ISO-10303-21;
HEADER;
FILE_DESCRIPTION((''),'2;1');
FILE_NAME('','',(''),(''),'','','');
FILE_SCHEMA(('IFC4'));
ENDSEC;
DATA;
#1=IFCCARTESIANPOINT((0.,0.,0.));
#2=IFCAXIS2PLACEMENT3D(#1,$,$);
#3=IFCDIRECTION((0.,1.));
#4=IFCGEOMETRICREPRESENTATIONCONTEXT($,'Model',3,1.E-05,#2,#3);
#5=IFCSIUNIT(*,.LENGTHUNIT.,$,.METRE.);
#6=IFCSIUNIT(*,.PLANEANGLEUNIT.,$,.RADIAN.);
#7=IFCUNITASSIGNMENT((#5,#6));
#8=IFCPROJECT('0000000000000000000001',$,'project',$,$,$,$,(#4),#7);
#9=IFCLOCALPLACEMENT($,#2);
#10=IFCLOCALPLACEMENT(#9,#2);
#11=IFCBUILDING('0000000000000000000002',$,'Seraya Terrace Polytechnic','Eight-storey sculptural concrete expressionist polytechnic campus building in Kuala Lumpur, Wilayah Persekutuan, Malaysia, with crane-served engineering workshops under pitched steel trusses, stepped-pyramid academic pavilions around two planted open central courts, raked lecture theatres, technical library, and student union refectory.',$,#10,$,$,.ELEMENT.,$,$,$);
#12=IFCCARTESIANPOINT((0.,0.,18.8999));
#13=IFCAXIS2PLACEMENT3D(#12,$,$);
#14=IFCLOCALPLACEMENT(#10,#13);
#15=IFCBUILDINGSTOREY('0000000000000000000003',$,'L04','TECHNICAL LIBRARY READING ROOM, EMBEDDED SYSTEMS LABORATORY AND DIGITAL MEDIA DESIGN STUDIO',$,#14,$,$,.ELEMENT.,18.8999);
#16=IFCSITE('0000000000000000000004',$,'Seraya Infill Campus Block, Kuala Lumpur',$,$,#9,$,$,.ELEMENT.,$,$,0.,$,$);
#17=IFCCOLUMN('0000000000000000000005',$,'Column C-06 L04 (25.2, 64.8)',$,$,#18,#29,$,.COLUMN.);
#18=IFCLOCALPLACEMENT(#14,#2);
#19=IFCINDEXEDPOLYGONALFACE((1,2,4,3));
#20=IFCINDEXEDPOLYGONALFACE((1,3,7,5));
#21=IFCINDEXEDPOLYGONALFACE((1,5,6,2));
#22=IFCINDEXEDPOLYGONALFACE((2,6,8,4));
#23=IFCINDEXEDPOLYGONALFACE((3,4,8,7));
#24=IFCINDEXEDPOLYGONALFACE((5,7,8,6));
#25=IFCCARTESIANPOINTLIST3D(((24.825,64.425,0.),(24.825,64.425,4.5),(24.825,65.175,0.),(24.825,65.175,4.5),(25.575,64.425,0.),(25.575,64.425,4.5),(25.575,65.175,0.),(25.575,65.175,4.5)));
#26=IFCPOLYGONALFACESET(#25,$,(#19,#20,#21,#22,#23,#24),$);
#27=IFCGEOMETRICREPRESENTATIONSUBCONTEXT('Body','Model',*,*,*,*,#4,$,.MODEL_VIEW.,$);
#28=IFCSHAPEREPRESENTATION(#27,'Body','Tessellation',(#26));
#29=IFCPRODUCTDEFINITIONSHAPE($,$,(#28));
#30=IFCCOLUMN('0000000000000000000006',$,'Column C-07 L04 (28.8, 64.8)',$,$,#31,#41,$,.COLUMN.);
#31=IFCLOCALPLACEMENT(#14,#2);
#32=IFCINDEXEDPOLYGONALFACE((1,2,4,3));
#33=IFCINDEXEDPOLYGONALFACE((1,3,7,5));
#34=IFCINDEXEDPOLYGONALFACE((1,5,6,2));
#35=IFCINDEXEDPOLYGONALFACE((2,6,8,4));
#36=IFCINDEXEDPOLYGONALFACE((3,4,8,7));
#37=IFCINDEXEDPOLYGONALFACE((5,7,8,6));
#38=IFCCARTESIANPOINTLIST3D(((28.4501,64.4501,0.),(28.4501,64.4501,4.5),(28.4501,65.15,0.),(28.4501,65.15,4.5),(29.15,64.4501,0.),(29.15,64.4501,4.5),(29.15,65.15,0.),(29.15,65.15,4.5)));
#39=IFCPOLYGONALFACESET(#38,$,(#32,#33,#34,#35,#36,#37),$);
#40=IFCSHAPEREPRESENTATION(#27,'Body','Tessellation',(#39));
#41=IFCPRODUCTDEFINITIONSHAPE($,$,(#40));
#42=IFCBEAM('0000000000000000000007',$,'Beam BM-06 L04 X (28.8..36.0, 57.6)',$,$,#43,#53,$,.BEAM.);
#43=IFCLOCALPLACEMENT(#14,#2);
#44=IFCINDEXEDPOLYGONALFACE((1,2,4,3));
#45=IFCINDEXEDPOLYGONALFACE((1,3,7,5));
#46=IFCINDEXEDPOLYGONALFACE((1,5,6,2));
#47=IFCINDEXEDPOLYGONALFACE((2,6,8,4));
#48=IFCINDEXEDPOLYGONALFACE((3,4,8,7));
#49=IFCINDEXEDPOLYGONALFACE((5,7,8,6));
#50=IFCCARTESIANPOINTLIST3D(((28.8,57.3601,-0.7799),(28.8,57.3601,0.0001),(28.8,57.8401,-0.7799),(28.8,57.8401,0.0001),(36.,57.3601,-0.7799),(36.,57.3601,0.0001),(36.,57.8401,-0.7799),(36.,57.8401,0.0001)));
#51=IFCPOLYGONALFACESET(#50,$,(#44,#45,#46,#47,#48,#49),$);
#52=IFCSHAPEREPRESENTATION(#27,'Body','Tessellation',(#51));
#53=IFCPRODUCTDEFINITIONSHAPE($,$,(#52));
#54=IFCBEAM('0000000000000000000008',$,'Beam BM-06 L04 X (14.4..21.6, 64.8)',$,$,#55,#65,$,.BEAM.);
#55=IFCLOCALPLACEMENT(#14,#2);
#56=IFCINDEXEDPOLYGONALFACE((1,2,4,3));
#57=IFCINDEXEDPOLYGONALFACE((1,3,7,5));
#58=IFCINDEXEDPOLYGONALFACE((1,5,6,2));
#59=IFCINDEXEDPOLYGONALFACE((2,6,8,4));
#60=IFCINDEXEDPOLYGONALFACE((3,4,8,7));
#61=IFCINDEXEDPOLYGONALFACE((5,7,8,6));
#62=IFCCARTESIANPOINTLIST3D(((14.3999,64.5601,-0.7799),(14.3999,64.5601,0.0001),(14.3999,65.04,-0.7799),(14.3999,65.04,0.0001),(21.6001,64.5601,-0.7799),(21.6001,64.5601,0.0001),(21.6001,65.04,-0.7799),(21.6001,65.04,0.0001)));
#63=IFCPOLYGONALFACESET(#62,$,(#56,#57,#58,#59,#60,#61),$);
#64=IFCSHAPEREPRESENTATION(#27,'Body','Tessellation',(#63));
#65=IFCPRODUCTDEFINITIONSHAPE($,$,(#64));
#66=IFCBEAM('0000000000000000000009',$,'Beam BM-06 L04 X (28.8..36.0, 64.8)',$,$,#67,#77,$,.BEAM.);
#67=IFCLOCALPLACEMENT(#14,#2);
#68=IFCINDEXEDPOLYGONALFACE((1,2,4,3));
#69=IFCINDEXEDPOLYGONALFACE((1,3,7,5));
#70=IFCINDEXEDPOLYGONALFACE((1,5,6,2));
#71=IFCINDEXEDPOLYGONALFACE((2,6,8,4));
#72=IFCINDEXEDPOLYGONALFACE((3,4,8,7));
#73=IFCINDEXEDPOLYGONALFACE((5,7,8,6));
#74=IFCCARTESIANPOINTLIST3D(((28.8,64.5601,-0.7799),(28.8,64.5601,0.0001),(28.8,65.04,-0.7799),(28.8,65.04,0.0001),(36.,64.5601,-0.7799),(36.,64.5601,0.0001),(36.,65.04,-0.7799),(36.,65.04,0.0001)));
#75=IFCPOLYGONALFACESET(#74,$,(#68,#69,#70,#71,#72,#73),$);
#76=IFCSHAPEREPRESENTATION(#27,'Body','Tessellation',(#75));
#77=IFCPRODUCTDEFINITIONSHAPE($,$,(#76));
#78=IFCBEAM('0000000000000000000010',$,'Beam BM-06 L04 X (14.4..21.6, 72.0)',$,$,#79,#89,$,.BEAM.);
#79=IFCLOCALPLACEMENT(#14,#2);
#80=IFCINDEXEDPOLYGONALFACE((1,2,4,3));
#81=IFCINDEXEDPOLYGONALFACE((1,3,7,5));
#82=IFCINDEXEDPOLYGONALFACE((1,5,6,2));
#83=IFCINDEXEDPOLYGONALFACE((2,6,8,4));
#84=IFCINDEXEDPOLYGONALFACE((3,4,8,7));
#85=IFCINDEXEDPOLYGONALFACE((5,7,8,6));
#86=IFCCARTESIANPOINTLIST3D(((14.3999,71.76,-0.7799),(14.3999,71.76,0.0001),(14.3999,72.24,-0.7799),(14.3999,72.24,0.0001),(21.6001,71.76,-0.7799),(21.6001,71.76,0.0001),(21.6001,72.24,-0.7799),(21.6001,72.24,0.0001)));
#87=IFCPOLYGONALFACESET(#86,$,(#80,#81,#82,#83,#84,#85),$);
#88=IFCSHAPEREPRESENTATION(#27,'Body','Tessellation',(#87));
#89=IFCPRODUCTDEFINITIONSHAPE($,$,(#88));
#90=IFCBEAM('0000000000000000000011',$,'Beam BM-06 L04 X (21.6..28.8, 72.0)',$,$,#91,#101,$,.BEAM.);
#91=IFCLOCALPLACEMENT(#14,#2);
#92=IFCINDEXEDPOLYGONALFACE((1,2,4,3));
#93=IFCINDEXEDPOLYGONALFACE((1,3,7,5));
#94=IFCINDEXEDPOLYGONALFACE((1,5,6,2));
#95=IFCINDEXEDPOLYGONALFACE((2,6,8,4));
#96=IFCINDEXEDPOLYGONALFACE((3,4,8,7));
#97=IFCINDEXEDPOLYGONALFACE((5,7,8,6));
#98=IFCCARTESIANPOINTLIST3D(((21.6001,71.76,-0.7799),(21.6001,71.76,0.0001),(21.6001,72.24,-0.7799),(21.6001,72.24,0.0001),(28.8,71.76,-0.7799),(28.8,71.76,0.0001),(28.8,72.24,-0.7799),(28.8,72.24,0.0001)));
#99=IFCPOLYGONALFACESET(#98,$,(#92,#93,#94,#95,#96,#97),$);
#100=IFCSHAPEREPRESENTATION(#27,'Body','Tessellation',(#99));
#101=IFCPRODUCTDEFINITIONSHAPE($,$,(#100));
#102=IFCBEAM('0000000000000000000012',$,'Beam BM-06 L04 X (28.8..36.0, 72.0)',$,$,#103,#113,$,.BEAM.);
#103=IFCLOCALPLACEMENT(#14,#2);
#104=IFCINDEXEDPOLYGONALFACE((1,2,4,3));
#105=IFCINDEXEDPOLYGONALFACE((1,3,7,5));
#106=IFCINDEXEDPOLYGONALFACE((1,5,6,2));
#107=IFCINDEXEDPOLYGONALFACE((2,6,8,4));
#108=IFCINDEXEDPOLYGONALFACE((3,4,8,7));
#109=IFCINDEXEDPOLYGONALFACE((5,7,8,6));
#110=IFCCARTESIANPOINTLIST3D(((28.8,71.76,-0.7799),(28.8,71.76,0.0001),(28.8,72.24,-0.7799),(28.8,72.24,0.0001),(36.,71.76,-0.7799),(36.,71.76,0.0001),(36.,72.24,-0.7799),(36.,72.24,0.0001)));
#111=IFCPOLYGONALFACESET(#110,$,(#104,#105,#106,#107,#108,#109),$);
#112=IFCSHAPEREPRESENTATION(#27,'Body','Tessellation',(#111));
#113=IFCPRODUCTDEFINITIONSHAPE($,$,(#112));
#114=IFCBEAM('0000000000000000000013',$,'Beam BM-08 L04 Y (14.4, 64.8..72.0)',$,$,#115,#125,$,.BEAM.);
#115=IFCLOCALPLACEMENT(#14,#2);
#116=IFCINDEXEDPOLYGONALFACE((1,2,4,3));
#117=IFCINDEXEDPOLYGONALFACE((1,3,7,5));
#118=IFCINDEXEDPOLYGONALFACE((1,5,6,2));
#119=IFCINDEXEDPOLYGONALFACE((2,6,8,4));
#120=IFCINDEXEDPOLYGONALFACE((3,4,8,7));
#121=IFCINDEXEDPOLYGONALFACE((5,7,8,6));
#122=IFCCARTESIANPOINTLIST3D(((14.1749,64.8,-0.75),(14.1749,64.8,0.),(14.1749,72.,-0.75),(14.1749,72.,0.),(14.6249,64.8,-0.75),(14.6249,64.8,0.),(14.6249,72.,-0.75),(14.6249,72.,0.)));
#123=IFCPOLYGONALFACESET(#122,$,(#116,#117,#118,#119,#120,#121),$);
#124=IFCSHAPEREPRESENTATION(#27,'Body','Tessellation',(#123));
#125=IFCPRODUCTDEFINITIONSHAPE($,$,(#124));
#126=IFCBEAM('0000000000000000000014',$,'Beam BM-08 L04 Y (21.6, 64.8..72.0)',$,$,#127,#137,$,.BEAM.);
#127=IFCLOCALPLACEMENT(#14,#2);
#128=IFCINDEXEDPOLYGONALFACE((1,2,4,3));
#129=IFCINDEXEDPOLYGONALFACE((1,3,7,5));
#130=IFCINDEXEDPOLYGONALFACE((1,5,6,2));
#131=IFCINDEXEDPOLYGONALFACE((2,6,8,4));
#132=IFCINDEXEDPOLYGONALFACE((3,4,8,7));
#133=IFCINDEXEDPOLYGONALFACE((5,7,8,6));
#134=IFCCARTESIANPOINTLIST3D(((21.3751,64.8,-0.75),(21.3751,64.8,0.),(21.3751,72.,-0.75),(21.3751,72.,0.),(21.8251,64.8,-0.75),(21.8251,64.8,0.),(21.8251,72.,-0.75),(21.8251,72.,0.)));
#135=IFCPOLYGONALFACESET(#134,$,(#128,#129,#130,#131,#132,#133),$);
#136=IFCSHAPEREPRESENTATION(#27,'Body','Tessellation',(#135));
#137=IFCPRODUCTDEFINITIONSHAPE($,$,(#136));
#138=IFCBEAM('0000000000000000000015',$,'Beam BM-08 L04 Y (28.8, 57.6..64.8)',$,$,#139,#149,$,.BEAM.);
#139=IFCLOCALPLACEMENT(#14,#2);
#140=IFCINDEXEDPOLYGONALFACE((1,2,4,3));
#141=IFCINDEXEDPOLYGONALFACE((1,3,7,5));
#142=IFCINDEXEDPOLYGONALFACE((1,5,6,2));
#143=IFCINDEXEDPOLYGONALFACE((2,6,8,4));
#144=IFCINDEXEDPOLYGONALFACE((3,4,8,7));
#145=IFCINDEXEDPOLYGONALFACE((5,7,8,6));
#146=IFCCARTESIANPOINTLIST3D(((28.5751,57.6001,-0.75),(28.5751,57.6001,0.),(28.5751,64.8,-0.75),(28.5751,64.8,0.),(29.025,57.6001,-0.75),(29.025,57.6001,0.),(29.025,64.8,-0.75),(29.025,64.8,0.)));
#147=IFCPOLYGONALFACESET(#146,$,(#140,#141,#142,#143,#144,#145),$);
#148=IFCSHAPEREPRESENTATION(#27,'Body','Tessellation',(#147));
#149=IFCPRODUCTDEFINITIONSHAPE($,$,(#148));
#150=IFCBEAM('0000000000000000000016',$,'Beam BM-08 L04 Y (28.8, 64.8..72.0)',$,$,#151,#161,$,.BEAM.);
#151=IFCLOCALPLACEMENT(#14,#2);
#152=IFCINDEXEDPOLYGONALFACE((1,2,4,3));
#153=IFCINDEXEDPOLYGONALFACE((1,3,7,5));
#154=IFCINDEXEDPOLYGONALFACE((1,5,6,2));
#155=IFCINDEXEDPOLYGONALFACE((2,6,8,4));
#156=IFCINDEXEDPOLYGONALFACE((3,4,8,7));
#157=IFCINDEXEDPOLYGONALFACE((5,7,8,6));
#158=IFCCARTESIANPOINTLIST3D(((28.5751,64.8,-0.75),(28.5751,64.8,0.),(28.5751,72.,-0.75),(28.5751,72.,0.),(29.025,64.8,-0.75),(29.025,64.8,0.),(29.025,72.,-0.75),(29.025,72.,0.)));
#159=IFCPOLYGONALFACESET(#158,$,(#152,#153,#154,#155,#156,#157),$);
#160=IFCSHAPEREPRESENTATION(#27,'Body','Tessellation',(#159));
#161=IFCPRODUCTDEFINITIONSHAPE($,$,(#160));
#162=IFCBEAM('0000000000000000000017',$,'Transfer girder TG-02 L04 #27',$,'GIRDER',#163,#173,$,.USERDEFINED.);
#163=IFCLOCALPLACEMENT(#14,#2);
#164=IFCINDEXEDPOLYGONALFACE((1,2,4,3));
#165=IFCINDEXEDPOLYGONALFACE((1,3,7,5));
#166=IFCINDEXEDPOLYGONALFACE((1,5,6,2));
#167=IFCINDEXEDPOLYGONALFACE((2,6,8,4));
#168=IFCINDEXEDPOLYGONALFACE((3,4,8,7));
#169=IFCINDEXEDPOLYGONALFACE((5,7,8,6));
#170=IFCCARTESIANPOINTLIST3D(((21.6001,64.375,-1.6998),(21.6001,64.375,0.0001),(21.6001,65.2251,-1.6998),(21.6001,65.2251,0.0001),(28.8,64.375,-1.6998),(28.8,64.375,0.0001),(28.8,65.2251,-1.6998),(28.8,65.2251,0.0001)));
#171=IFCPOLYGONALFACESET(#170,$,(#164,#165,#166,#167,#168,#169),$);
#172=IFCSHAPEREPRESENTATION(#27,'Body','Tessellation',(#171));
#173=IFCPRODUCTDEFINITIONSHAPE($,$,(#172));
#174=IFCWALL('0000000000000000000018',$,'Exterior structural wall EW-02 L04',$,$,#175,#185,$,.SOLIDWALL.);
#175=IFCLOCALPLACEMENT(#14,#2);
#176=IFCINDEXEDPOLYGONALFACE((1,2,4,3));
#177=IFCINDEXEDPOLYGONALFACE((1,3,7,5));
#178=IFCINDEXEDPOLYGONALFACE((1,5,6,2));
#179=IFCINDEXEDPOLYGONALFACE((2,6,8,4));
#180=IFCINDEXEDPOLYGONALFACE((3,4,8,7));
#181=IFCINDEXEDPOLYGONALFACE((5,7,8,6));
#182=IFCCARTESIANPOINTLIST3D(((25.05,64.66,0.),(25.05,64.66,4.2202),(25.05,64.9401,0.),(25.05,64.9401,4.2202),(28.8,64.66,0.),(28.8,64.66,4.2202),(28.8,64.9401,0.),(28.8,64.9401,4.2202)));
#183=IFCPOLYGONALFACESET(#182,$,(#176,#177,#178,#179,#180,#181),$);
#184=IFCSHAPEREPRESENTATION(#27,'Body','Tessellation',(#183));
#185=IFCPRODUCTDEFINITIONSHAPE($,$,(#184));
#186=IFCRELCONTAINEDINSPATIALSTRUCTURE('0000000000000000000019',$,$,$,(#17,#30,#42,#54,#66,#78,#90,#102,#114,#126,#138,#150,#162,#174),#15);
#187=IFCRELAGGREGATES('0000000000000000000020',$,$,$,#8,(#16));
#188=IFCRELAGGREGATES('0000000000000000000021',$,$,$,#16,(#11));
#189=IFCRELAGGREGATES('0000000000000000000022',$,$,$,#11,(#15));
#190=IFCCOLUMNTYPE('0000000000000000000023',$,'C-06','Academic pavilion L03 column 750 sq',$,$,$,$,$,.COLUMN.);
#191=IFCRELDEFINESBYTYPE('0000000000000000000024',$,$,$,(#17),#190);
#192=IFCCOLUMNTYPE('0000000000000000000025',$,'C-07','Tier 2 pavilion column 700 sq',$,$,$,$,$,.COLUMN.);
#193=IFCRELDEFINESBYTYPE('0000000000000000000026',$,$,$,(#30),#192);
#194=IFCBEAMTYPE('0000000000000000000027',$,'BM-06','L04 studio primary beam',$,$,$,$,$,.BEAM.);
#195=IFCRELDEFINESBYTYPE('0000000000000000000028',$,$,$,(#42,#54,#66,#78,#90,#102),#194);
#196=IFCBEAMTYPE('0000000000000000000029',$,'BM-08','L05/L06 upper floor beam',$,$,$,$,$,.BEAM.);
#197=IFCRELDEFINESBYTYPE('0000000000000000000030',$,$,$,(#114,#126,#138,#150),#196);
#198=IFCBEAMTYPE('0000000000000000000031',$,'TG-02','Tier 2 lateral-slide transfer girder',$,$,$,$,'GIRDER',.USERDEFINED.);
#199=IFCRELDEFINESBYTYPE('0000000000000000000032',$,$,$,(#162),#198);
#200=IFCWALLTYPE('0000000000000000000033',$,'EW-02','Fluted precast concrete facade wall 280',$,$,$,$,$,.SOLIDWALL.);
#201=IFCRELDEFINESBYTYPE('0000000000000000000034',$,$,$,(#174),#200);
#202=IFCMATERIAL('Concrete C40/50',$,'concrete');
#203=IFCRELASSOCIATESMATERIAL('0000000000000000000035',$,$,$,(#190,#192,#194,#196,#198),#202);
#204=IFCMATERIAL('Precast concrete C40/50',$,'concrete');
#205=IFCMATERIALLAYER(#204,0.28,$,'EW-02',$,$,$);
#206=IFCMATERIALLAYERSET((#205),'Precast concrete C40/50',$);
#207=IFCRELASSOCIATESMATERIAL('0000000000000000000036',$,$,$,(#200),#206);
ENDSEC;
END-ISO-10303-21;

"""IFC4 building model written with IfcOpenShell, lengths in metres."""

from ifc_helpers import new_model, si_unit, direction, frame, frame_2d, origin, origin_2d, place, context, subcontext, project, spatial, rectangle, extrude, material, layer, layer_set, material_profile, profile_set, type_object, element, save


model = new_model("IFC4")

# Units and contexts
model_context = context("Model", 3, precision=1e-05, world=origin(), true_north=direction((0.0, 1.0)))
body_context = subcontext(model_context, "Body", "Model", "MODEL_VIEW")
ifc_project = project(units=[si_unit("LENGTHUNIT", "METRE"), si_unit("PLANEANGLEUNIT", "RADIAN")], contexts=[model_context])

# Site, building, storey
site_placement = place(None, origin())
site = spatial("IfcSite", under=ifc_project, at=site_placement, Name="Seraya Infill Campus Block, Kuala Lumpur", CompositionType="ELEMENT", RefElevation=0.0)
building_placement = place(site_placement, origin())
building = spatial("IfcBuilding", under=site, at=building_placement, Name="Seraya Terrace Polytechnic", Description="Eight-storey sculptural concrete expressionist polytechnic campus building in Kuala Lumpur, Wilayah Persekutuan, Malaysia, with crane-served engineering workshops under pitched steel trusses, stepped-pyramid academic pavilions around two planted open central courts, raked lecture theatres, technical library, and student union refectory.", CompositionType="ELEMENT")
storey_placement = place(building_placement, frame((0.0, 0.0, 18.8999)))
storey = spatial("IfcBuildingStorey", under=building, at=storey_placement, Name="L04", Description="TECHNICAL LIBRARY READING ROOM, EMBEDDED SYSTEMS LABORATORY AND DIGITAL MEDIA DESIGN STUDIO", CompositionType="ELEMENT", Elevation=18.8999)

# Columns
ifc_material_1 = material(Name="Concrete C40/50", Category="concrete")
ifc_material_profile_1 = material_profile(ifc_material_1, rectangle(XDim=0.75, YDim=0.75, at=origin_2d()), Name="RC 750x750")
ifc_profile_set_1 = profile_set([ifc_material_profile_1], Name="Concrete C40/50")
column_type_1 = type_object("IfcColumnType", Name="C-06", Description="Academic pavilion L03 column 750 sq", PredefinedType="COLUMN", material=ifc_profile_set_1)
column_1_placement = place(storey_placement, frame((25.2, 64.8, 0.0), z_axis=(0.0, 0.0, 1.0), x_axis=(1.0, 0.0, 0.0)))
element("IfcColumn", 1, at=column_1_placement, inside=storey, type_object=column_type_1, Name="Column C-06 L04 (25.2, 64.8)", PredefinedType="COLUMN", context=body_context, shape_type="SweptSolid", body=[
    extrude(rectangle(XDim=0.75, YDim=0.75, at=origin_2d()), origin(), (0.0, 0.0, 1.0), 4.5),
])
ifc_material_profile_2 = material_profile(ifc_material_1, rectangle(XDim=0.7, YDim=0.7, at=origin_2d()), Name="RC 700x700")
ifc_profile_set_2 = profile_set([ifc_material_profile_2], Name="Concrete C40/50")
column_type_2 = type_object("IfcColumnType", Name="C-07", Description="Tier 2 pavilion column 700 sq", PredefinedType="COLUMN", material=ifc_profile_set_2)
column_2_placement = place(storey_placement, frame((28.8, 64.8, 0.0), z_axis=(0.0, 0.0, 1.0), x_axis=(1.0, 0.0, 0.0)))
element("IfcColumn", 2, at=column_2_placement, inside=storey, type_object=column_type_2, Name="Column C-07 L04 (28.8, 64.8)", PredefinedType="COLUMN", context=body_context, shape_type="SweptSolid", body=[
    extrude(rectangle(XDim=0.7, YDim=0.7, at=origin_2d()), origin(), (0.0, 0.0, 1.0), 4.5),
])

# Beams
ifc_material_profile_3 = material_profile(ifc_material_1, rectangle(XDim=0.48, YDim=0.78, at=origin_2d()), Name="RC 480x780")
ifc_profile_set_3 = profile_set([ifc_material_profile_3], Name="Concrete C40/50")
beam_type_1 = type_object("IfcBeamType", Name="BM-06", Description="L04 studio primary beam", PredefinedType="BEAM", material=ifc_profile_set_3)
beam_1_placement = place(storey_placement, frame((28.8, 57.6001, -0.3899), z_axis=(1.0, 0.0, 0.0), x_axis=(0.0, 1.0, 0.0)))
element("IfcBeam", 3, at=beam_1_placement, inside=storey, type_object=beam_type_1, Name="Beam BM-06 L04 X (28.8..36.0, 57.6)", PredefinedType="BEAM", context=body_context, shape_type="SweptSolid", body=[
    extrude(rectangle(XDim=0.48, YDim=0.78, at=origin_2d()), origin(), (0.0, 0.0, 1.0), 7.2),
])
beam_2_placement = place(storey_placement, frame((14.3999, 64.8, -0.3899), z_axis=(1.0, 0.0, 0.0), x_axis=(0.0, 1.0, 0.0)))
element("IfcBeam", 4, at=beam_2_placement, inside=storey, type_object=beam_type_1, Name="Beam BM-06 L04 X (14.4..21.6, 64.8)", PredefinedType="BEAM", context=body_context, shape_type="SweptSolid", body=[
    extrude(rectangle(XDim=0.48, YDim=0.78, at=origin_2d()), origin(), (0.0, 0.0, 1.0), 7.2002),
])
beam_3_placement = place(storey_placement, frame((28.8, 64.8, -0.3899), z_axis=(1.0, 0.0, 0.0), x_axis=(0.0, 1.0, 0.0)))
element("IfcBeam", 5, at=beam_3_placement, inside=storey, type_object=beam_type_1, Name="Beam BM-06 L04 X (28.8..36.0, 64.8)", PredefinedType="BEAM", context=body_context, shape_type="SweptSolid", body=[
    extrude(rectangle(XDim=0.48, YDim=0.78, at=origin_2d()), origin(), (0.0, 0.0, 1.0), 7.2),
])
beam_4_placement = place(storey_placement, frame((14.3999, 72.0, -0.3899), z_axis=(1.0, 0.0, 0.0), x_axis=(0.0, 1.0, 0.0)))
element("IfcBeam", 6, at=beam_4_placement, inside=storey, type_object=beam_type_1, Name="Beam BM-06 L04 X (14.4..21.6, 72.0)", PredefinedType="BEAM", context=body_context, shape_type="SweptSolid", body=[
    extrude(rectangle(XDim=0.48, YDim=0.78, at=origin_2d()), origin(), (0.0, 0.0, 1.0), 7.2002),
])
for number, where, z_axis, x_axis, name in (
    (7, (21.6001, 72.0, -0.3899), (1.0, 0.0, 0.0), (0.0, 1.0, 0.0), "Beam BM-06 L04 X (21.6..28.8, 72.0)"),
    (8, (28.8, 72.0, -0.3899), (1.0, 0.0, 0.0), (0.0, 1.0, 0.0), "Beam BM-06 L04 X (28.8..36.0, 72.0)"),
):
    element("IfcBeam", number, at=place(storey_placement, frame(where, z_axis=z_axis, x_axis=x_axis)), inside=storey, type_object=beam_type_1, Name=name, PredefinedType="BEAM", context=body_context, shape_type="SweptSolid", body=[
        extrude(rectangle(XDim=0.48, YDim=0.78, at=origin_2d()), origin(), (0.0, 0.0, 1.0), 7.2),
    ])
ifc_material_profile_4 = material_profile(ifc_material_1, rectangle(XDim=0.45, YDim=0.75, at=origin_2d()), Name="RC 450x750")
ifc_profile_set_4 = profile_set([ifc_material_profile_4], Name="Concrete C40/50")
beam_type_2 = type_object("IfcBeamType", Name="BM-08", Description="L05/L06 upper floor beam", PredefinedType="BEAM", material=ifc_profile_set_4)
for number, where, z_axis, x_axis, name in (
    (9, (14.3999, 64.8, -0.375), (0.0, 1.0, 0.0), (-1.0, 0.0, 0.0), "Beam BM-08 L04 Y (14.4, 64.8..72.0)"),
    (10, (21.6001, 64.8, -0.375), (0.0, 1.0, 0.0), (-1.0, 0.0, 0.0), "Beam BM-08 L04 Y (21.6, 64.8..72.0)"),
    (11, (28.8, 57.6001, -0.375), (0.0, 1.0, 0.0), (-1.0, 0.0, 0.0), "Beam BM-08 L04 Y (28.8, 57.6..64.8)"),
    (12, (28.8, 64.8, -0.375), (0.0, 1.0, 0.0), (-1.0, 0.0, 0.0), "Beam BM-08 L04 Y (28.8, 64.8..72.0)"),
):
    element("IfcBeam", number, at=place(storey_placement, frame(where, z_axis=z_axis, x_axis=x_axis)), inside=storey, type_object=beam_type_2, Name=name, PredefinedType="BEAM", context=body_context, shape_type="SweptSolid", body=[
        extrude(rectangle(XDim=0.45, YDim=0.75, at=origin_2d()), origin(), (0.0, 0.0, 1.0), 7.2),
    ])
ifc_material_profile_5 = material_profile(ifc_material_1, rectangle(XDim=0.8501, YDim=1.7, at=origin_2d()), Name="RC 850x1700")
ifc_profile_set_5 = profile_set([ifc_material_profile_5], Name="Concrete C40/50")
beam_type_3 = type_object("IfcBeamType", Name="TG-02", Description="Tier 2 lateral-slide transfer girder", ElementType="GIRDER", PredefinedType="USERDEFINED", material=ifc_profile_set_5)
beam_5_placement = place(storey_placement, frame((21.6001, 64.8, -0.8499), z_axis=(1.0, 0.0, 0.0), x_axis=(0.0, 1.0, 0.0)))
element("IfcBeam", 13, at=beam_5_placement, inside=storey, type_object=beam_type_3, Name="Transfer girder TG-02 L04 #27", ObjectType="GIRDER", PredefinedType="USERDEFINED", context=body_context, shape_type="SweptSolid", body=[
    extrude(rectangle(XDim=0.8501, YDim=1.7, at=origin_2d()), origin(), (0.0, 0.0, 1.0), 7.2),
])

# Wall
ifc_material_2 = material(Name="Precast concrete C40/50", Category="concrete")
ifc_layer_1 = layer(ifc_material_2, 0.28, Name="EW-02")
ifc_layer_set_1 = layer_set([ifc_layer_1], Name="Precast concrete C40/50")
wall_type_1 = type_object("IfcWallType", Name="EW-02", Description="Fluted precast concrete facade wall 280", PredefinedType="SOLIDWALL", material=ifc_layer_set_1)
wall_1_placement = place(storey_placement, frame((25.05, 64.8, 0.0), z_axis=(0.0, 0.0, 1.0), x_axis=(1.0, 0.0, 0.0)))
element("IfcWall", 14, at=wall_1_placement, inside=storey, type_object=wall_type_1, Name="Exterior structural wall EW-02 L04", PredefinedType="SOLIDWALL", context=body_context, shape_type="SweptSolid", body=[
    extrude(rectangle(XDim=3.75, YDim=0.28, at=frame_2d((1.875, 0.0))), origin(), (0.0, 0.0, 1.0), 4.2202),
])

save(model, "model.ifc")
